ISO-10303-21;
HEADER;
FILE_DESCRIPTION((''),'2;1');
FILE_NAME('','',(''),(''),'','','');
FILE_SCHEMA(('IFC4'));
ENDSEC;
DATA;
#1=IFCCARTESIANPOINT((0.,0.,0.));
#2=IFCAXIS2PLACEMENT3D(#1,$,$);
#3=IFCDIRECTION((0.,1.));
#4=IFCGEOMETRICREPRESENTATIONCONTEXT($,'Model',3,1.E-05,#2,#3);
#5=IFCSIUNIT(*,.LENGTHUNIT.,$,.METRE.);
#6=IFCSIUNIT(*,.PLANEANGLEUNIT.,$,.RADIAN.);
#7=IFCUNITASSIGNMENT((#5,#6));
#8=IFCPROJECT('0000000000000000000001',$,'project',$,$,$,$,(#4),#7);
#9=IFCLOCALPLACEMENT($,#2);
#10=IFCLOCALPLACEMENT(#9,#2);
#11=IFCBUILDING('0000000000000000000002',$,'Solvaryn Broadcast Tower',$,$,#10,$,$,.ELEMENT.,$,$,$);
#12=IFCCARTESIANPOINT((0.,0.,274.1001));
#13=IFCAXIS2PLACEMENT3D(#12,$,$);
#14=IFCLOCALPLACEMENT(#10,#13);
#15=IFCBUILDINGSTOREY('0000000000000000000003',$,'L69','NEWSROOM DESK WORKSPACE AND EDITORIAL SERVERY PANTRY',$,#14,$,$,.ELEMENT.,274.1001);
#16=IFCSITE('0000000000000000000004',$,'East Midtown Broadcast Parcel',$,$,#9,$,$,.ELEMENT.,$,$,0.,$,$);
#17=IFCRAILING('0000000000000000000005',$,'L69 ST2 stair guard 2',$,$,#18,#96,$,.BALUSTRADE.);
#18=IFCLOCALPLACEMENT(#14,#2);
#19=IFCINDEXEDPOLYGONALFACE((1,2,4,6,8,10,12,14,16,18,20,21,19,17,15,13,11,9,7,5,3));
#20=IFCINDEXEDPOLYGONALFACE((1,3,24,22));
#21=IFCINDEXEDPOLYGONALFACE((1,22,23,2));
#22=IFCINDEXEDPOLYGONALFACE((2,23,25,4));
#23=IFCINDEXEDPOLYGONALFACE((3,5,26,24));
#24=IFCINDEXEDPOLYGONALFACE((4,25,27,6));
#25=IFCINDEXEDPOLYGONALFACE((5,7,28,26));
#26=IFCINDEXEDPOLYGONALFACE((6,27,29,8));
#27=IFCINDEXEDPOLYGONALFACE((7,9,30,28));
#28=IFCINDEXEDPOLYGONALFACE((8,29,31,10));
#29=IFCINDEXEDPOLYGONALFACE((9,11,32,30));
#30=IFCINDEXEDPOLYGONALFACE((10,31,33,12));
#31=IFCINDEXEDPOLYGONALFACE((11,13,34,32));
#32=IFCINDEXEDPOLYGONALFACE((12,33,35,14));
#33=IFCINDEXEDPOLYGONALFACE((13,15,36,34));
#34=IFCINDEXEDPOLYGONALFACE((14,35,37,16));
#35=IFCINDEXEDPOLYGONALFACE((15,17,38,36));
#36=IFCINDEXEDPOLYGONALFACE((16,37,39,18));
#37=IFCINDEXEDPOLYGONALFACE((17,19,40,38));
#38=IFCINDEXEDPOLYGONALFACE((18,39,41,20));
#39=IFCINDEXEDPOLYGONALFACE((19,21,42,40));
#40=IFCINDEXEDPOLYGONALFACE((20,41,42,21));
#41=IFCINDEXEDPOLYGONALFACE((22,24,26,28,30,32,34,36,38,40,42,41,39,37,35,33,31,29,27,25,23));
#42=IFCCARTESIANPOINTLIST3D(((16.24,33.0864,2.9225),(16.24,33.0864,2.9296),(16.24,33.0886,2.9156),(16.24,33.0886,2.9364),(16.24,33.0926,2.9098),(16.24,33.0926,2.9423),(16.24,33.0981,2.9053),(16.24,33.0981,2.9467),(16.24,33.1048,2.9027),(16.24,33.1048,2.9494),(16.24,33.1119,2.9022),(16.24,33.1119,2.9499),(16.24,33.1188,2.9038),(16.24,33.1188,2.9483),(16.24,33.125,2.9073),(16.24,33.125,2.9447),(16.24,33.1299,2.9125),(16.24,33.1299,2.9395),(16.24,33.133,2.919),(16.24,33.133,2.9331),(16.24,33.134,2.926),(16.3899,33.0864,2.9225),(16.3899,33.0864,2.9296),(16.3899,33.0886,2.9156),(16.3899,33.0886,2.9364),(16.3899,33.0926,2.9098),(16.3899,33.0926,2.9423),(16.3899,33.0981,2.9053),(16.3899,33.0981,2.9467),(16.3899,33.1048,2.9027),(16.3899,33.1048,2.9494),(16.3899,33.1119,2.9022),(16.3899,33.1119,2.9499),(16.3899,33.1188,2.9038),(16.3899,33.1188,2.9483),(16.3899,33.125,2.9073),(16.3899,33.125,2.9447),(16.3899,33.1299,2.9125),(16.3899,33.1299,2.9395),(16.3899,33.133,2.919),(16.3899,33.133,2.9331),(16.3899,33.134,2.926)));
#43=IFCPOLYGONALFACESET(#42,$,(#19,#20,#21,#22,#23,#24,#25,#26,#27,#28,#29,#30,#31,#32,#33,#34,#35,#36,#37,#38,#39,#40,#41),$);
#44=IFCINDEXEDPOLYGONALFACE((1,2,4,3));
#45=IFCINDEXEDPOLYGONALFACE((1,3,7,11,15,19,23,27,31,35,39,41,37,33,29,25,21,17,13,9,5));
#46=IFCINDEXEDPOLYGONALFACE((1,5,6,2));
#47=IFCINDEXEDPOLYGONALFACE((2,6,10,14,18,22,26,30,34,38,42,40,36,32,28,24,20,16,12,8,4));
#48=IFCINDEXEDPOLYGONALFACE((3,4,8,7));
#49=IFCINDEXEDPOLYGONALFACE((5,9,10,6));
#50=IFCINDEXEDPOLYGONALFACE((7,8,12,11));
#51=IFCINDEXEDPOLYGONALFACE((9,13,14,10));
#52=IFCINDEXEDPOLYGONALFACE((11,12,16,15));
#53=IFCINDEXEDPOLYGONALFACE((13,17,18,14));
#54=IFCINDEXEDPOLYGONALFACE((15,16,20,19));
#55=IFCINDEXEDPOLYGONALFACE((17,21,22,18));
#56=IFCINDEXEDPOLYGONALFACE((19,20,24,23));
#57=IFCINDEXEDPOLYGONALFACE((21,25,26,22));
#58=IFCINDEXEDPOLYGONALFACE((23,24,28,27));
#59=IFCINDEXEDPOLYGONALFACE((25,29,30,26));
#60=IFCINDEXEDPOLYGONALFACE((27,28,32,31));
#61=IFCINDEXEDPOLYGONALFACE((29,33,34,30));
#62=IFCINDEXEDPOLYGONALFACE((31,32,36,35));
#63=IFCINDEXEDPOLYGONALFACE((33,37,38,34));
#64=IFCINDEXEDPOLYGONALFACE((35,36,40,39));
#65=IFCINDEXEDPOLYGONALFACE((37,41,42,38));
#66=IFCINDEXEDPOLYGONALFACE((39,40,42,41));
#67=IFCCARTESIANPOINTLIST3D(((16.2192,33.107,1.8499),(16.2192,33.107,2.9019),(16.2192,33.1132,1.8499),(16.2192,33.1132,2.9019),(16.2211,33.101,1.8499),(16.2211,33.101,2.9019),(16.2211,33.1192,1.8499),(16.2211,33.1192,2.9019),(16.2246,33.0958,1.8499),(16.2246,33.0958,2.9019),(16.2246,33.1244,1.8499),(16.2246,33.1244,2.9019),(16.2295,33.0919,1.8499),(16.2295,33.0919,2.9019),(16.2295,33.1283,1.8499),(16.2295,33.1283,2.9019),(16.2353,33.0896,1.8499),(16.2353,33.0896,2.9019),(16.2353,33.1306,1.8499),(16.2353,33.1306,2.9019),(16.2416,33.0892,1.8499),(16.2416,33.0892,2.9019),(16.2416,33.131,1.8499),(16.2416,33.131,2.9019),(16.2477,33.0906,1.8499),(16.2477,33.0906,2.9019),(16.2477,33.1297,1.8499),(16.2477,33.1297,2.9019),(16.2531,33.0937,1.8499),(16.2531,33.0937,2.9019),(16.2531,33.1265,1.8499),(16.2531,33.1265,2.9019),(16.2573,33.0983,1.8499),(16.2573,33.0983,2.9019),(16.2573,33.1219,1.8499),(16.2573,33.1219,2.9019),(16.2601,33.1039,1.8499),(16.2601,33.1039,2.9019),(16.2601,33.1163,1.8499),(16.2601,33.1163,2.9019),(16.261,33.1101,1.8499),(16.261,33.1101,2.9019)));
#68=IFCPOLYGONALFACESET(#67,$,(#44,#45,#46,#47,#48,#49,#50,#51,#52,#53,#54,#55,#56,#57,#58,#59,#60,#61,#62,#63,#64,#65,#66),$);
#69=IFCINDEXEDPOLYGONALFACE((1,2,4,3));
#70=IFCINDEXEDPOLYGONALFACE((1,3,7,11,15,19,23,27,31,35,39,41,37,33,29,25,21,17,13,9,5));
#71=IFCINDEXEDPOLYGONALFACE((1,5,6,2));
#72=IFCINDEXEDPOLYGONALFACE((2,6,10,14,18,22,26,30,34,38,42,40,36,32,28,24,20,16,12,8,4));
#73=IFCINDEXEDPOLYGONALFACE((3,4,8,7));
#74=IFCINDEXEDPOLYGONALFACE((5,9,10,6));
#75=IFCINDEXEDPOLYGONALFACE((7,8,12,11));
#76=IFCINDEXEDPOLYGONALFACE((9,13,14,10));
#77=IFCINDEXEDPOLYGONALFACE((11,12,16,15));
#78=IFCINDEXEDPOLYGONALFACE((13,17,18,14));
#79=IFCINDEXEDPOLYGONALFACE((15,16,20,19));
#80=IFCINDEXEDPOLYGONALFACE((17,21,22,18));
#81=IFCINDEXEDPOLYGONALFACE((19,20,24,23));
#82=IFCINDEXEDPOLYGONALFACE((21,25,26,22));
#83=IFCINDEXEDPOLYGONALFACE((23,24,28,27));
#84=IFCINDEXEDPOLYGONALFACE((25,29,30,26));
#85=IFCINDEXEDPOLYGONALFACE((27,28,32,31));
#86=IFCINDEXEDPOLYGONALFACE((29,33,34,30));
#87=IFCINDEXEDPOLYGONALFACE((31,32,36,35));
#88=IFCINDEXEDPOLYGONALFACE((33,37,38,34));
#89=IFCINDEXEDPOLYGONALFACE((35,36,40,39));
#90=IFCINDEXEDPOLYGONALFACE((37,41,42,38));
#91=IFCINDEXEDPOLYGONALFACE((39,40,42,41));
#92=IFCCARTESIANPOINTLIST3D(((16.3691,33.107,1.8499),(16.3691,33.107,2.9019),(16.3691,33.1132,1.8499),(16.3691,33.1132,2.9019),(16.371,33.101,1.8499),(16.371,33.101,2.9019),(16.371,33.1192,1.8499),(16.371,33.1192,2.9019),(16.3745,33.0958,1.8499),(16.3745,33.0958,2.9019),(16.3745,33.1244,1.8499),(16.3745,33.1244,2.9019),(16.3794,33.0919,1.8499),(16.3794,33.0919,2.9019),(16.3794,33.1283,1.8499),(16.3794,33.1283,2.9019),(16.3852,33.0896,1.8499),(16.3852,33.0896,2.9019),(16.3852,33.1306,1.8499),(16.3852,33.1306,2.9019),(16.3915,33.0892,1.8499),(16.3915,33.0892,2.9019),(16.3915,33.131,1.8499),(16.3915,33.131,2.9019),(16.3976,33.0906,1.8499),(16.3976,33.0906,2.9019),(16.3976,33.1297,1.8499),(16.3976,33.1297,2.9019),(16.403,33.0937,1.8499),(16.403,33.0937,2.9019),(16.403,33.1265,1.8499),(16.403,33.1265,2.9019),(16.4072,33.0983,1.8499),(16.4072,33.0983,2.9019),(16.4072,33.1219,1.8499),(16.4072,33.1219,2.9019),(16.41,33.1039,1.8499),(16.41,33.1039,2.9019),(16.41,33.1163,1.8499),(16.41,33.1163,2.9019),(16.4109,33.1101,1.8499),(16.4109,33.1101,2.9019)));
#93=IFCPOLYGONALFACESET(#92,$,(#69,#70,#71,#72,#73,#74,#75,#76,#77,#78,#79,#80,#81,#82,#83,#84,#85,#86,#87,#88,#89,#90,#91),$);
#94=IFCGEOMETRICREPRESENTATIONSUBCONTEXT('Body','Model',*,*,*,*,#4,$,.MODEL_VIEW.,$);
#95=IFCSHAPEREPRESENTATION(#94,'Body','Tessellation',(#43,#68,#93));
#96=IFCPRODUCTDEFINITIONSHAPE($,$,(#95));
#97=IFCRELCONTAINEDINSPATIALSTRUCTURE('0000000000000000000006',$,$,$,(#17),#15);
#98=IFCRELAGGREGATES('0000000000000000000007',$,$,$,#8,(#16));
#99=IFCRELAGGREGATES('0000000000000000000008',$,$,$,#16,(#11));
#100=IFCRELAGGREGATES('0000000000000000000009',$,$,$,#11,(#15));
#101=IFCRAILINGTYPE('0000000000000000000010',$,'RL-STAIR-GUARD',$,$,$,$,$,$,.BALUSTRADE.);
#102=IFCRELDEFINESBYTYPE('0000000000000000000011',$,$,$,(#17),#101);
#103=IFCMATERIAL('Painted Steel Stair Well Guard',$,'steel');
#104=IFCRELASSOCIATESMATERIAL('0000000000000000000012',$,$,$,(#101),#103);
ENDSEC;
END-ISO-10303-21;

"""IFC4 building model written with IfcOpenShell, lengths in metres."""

from ifc_helpers import new_model, si_unit, direction, frame, origin, origin_2d, place, context, subcontext, project, spatial, circle, extrude, material, type_object, element, save


model = new_model("IFC4")

# Units and contexts
model_context = context("Model", 3, precision=1e-05, world=origin(), true_north=direction((0.0, 1.0)))
body_context = subcontext(model_context, "Body", "Model", "MODEL_VIEW")
ifc_project = project(units=[si_unit("LENGTHUNIT", "METRE"), si_unit("PLANEANGLEUNIT", "RADIAN")], contexts=[model_context])

# Site, building, storey
site_placement = place(None, origin())
site = spatial("IfcSite", under=ifc_project, at=site_placement, Name="East Midtown Broadcast Parcel", CompositionType="ELEMENT", RefElevation=0.0)
building_placement = place(site_placement, origin())
building = spatial("IfcBuilding", under=site, at=building_placement, Name="Solvaryn Broadcast Tower", CompositionType="ELEMENT")
storey_placement = place(building_placement, frame((0.0, 0.0, 274.1001)))
storey = spatial("IfcBuildingStorey", under=building, at=storey_placement, Name="L69", Description="NEWSROOM DESK WORKSPACE AND EDITORIAL SERVERY PANTRY", CompositionType="ELEMENT", Elevation=274.1001)

# Railing
ifc_material_1 = material(Name="Painted Steel Stair Well Guard", Category="steel")
railing_type_1 = type_object("IfcRailingType", Name="RL-STAIR-GUARD", PredefinedType="BALUSTRADE", material=ifc_material_1)
railing_1_placement = place(storey_placement, frame((16.24, 33.1101, 1.8499)))
element("IfcRailing", 1, at=railing_1_placement, inside=storey, type_object=railing_type_1, Name="L69 ST2 stair guard 2", PredefinedType="BALUSTRADE", context=body_context, shape_type="SweptSolid", body=[
    extrude(circle(Radius=0.0239, at=origin_2d()), frame((0.0, 0.0, 1.0762), z_axis=(1.0, 0.0, 0.0), x_axis=(0.0, 1.0, 0.0)), (0.0, 0.0, 1.0), 0.1499),
    extrude(circle(Radius=0.021, at=origin_2d()), origin(), (0.0, 0.0, 1.0), 1.052),
    extrude(circle(Radius=0.021, at=origin_2d()), frame((0.1499, 0.0, 0.0)), (0.0, 0.0, 1.0), 1.052),
])

save(model, "model.ifc")
